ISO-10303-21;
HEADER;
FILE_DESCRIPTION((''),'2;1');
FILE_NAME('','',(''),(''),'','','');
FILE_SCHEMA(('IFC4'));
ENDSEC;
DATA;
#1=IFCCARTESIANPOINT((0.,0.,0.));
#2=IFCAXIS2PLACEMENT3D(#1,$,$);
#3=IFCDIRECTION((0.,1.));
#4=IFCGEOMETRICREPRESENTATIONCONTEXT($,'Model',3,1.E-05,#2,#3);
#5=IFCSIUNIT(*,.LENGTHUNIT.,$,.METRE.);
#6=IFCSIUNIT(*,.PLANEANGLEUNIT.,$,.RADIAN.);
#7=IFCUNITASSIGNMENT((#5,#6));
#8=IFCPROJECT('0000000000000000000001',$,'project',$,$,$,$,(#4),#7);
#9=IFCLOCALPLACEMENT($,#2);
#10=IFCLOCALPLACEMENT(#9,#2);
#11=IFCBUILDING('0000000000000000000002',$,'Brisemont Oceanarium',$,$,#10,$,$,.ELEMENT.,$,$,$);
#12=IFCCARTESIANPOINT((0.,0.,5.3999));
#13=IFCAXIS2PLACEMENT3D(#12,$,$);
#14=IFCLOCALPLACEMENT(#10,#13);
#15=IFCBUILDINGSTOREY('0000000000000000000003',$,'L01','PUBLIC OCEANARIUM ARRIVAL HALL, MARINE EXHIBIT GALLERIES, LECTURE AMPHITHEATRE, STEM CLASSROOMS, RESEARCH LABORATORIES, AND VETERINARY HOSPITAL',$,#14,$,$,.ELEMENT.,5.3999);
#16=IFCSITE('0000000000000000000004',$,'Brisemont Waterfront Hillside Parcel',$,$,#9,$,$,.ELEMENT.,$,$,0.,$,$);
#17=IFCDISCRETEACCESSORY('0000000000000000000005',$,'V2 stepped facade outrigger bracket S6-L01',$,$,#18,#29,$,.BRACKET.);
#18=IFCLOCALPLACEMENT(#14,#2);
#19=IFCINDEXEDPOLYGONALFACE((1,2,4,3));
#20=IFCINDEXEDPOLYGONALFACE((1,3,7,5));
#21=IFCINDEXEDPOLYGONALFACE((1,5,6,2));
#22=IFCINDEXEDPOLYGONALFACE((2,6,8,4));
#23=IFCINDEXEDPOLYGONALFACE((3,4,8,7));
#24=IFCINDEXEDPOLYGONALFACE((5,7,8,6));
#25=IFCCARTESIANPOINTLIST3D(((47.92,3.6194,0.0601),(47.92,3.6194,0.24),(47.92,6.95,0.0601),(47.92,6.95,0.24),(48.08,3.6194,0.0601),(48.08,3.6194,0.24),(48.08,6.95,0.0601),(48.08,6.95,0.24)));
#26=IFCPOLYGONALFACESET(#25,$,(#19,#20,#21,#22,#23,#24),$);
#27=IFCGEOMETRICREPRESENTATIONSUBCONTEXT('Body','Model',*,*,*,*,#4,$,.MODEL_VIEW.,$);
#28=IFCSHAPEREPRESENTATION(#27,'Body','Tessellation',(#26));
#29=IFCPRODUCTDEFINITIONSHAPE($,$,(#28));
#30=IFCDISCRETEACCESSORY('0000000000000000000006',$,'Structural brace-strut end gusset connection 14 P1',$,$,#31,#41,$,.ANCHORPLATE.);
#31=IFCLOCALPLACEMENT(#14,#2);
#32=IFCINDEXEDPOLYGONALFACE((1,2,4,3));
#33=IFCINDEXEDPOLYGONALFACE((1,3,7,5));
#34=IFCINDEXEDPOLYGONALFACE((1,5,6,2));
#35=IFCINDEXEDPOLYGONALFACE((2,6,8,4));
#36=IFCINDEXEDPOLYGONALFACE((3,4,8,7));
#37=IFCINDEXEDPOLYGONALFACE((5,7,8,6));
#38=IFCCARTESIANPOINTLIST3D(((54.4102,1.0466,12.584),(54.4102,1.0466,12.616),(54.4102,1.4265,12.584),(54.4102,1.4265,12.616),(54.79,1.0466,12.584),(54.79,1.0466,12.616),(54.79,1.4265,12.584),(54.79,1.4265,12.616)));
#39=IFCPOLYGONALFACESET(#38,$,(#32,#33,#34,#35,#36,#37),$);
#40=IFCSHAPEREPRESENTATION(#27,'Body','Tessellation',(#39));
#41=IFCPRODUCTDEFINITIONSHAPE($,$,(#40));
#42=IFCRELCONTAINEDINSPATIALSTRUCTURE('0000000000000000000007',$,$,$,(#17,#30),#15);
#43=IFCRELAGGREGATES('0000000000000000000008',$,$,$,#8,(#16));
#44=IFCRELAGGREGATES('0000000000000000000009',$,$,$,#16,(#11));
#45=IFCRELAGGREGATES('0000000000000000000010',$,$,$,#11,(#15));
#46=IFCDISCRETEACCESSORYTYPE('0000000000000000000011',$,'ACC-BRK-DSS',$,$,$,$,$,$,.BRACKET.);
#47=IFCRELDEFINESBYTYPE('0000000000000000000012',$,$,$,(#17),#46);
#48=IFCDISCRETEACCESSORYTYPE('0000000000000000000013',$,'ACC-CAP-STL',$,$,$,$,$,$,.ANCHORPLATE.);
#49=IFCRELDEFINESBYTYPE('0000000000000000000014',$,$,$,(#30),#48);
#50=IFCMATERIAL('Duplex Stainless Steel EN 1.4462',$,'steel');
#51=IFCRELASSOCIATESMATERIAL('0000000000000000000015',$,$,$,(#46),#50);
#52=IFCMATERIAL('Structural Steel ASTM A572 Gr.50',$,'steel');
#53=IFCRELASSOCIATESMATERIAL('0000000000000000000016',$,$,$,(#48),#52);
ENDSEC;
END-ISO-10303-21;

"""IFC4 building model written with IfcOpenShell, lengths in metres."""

from ifc_helpers import new_model, si_unit, direction, frame, origin, origin_2d, place, context, subcontext, project, spatial, rectangle, extrude, material, type_object, element, save


model = new_model("IFC4")

# Units and contexts
model_context = context("Model", 3, precision=1e-05, world=origin(), true_north=direction((0.0, 1.0)))
body_context = subcontext(model_context, "Body", "Model", "MODEL_VIEW")
ifc_project = project(units=[si_unit("LENGTHUNIT", "METRE"), si_unit("PLANEANGLEUNIT", "RADIAN")], contexts=[model_context])

# Site, building, storey
site_placement = place(None, origin())
site = spatial("IfcSite", under=ifc_project, at=site_placement, Name="Brisemont Waterfront Hillside Parcel", CompositionType="ELEMENT", RefElevation=0.0)
building_placement = place(site_placement, origin())
building = spatial("IfcBuilding", under=site, at=building_placement, Name="Brisemont Oceanarium", CompositionType="ELEMENT")
storey_placement = place(building_placement, frame((0.0, 0.0, 5.3999)))
storey = spatial("IfcBuildingStorey", under=building, at=storey_placement, Name="L01", Description="PUBLIC OCEANARIUM ARRIVAL HALL, MARINE EXHIBIT GALLERIES, LECTURE AMPHITHEATRE, STEM CLASSROOMS, RESEARCH LABORATORIES, AND VETERINARY HOSPITAL", CompositionType="ELEMENT", Elevation=5.3999)

# Discrete accessories
ifc_material_1 = material(Name="Duplex Stainless Steel EN 1.4462", Category="steel")
discrete_accessory_type_1 = type_object("IfcDiscreteAccessoryType", Name="ACC-BRK-DSS", PredefinedType="BRACKET", material=ifc_material_1)
discrete_accessory_1_placement = place(storey_placement, frame((48.0, 5.2847, 0.0601), z_axis=(0.0, 0.0, 1.0), x_axis=(1.0, 0.0, 0.0)))
element("IfcDiscreteAccessory", 1, at=discrete_accessory_1_placement, inside=storey, type_object=discrete_accessory_type_1, Name="V2 stepped facade outrigger bracket S6-L01", PredefinedType="BRACKET", context=body_context, shape_type="SweptSolid", body=[
    extrude(rectangle(XDim=0.1599, YDim=3.3306, at=origin_2d()), origin(), (0.0, 0.0, 1.0), 0.1799),
])
ifc_material_2 = material(Name="Structural Steel ASTM A572 Gr.50", Category="steel")
discrete_accessory_type_2 = type_object("IfcDiscreteAccessoryType", Name="ACC-CAP-STL", PredefinedType="ANCHORPLATE", material=ifc_material_2)
discrete_accessory_2_placement = place(storey_placement, frame((54.6001, 1.2366, 12.584), z_axis=(0.0, 0.0, 1.0), x_axis=(1.0, 0.0, 0.0)))
element("IfcDiscreteAccessory", 2, at=discrete_accessory_2_placement, inside=storey, type_object=discrete_accessory_type_2, Name="Structural brace-strut end gusset connection 14 P1", PredefinedType="ANCHORPLATE", context=body_context, shape_type="SweptSolid", body=[
    extrude(rectangle(XDim=0.3799, YDim=0.3799, at=origin_2d()), origin(), (0.0, 0.0, 1.0), 0.032),
])

save(model, "model.ifc")
